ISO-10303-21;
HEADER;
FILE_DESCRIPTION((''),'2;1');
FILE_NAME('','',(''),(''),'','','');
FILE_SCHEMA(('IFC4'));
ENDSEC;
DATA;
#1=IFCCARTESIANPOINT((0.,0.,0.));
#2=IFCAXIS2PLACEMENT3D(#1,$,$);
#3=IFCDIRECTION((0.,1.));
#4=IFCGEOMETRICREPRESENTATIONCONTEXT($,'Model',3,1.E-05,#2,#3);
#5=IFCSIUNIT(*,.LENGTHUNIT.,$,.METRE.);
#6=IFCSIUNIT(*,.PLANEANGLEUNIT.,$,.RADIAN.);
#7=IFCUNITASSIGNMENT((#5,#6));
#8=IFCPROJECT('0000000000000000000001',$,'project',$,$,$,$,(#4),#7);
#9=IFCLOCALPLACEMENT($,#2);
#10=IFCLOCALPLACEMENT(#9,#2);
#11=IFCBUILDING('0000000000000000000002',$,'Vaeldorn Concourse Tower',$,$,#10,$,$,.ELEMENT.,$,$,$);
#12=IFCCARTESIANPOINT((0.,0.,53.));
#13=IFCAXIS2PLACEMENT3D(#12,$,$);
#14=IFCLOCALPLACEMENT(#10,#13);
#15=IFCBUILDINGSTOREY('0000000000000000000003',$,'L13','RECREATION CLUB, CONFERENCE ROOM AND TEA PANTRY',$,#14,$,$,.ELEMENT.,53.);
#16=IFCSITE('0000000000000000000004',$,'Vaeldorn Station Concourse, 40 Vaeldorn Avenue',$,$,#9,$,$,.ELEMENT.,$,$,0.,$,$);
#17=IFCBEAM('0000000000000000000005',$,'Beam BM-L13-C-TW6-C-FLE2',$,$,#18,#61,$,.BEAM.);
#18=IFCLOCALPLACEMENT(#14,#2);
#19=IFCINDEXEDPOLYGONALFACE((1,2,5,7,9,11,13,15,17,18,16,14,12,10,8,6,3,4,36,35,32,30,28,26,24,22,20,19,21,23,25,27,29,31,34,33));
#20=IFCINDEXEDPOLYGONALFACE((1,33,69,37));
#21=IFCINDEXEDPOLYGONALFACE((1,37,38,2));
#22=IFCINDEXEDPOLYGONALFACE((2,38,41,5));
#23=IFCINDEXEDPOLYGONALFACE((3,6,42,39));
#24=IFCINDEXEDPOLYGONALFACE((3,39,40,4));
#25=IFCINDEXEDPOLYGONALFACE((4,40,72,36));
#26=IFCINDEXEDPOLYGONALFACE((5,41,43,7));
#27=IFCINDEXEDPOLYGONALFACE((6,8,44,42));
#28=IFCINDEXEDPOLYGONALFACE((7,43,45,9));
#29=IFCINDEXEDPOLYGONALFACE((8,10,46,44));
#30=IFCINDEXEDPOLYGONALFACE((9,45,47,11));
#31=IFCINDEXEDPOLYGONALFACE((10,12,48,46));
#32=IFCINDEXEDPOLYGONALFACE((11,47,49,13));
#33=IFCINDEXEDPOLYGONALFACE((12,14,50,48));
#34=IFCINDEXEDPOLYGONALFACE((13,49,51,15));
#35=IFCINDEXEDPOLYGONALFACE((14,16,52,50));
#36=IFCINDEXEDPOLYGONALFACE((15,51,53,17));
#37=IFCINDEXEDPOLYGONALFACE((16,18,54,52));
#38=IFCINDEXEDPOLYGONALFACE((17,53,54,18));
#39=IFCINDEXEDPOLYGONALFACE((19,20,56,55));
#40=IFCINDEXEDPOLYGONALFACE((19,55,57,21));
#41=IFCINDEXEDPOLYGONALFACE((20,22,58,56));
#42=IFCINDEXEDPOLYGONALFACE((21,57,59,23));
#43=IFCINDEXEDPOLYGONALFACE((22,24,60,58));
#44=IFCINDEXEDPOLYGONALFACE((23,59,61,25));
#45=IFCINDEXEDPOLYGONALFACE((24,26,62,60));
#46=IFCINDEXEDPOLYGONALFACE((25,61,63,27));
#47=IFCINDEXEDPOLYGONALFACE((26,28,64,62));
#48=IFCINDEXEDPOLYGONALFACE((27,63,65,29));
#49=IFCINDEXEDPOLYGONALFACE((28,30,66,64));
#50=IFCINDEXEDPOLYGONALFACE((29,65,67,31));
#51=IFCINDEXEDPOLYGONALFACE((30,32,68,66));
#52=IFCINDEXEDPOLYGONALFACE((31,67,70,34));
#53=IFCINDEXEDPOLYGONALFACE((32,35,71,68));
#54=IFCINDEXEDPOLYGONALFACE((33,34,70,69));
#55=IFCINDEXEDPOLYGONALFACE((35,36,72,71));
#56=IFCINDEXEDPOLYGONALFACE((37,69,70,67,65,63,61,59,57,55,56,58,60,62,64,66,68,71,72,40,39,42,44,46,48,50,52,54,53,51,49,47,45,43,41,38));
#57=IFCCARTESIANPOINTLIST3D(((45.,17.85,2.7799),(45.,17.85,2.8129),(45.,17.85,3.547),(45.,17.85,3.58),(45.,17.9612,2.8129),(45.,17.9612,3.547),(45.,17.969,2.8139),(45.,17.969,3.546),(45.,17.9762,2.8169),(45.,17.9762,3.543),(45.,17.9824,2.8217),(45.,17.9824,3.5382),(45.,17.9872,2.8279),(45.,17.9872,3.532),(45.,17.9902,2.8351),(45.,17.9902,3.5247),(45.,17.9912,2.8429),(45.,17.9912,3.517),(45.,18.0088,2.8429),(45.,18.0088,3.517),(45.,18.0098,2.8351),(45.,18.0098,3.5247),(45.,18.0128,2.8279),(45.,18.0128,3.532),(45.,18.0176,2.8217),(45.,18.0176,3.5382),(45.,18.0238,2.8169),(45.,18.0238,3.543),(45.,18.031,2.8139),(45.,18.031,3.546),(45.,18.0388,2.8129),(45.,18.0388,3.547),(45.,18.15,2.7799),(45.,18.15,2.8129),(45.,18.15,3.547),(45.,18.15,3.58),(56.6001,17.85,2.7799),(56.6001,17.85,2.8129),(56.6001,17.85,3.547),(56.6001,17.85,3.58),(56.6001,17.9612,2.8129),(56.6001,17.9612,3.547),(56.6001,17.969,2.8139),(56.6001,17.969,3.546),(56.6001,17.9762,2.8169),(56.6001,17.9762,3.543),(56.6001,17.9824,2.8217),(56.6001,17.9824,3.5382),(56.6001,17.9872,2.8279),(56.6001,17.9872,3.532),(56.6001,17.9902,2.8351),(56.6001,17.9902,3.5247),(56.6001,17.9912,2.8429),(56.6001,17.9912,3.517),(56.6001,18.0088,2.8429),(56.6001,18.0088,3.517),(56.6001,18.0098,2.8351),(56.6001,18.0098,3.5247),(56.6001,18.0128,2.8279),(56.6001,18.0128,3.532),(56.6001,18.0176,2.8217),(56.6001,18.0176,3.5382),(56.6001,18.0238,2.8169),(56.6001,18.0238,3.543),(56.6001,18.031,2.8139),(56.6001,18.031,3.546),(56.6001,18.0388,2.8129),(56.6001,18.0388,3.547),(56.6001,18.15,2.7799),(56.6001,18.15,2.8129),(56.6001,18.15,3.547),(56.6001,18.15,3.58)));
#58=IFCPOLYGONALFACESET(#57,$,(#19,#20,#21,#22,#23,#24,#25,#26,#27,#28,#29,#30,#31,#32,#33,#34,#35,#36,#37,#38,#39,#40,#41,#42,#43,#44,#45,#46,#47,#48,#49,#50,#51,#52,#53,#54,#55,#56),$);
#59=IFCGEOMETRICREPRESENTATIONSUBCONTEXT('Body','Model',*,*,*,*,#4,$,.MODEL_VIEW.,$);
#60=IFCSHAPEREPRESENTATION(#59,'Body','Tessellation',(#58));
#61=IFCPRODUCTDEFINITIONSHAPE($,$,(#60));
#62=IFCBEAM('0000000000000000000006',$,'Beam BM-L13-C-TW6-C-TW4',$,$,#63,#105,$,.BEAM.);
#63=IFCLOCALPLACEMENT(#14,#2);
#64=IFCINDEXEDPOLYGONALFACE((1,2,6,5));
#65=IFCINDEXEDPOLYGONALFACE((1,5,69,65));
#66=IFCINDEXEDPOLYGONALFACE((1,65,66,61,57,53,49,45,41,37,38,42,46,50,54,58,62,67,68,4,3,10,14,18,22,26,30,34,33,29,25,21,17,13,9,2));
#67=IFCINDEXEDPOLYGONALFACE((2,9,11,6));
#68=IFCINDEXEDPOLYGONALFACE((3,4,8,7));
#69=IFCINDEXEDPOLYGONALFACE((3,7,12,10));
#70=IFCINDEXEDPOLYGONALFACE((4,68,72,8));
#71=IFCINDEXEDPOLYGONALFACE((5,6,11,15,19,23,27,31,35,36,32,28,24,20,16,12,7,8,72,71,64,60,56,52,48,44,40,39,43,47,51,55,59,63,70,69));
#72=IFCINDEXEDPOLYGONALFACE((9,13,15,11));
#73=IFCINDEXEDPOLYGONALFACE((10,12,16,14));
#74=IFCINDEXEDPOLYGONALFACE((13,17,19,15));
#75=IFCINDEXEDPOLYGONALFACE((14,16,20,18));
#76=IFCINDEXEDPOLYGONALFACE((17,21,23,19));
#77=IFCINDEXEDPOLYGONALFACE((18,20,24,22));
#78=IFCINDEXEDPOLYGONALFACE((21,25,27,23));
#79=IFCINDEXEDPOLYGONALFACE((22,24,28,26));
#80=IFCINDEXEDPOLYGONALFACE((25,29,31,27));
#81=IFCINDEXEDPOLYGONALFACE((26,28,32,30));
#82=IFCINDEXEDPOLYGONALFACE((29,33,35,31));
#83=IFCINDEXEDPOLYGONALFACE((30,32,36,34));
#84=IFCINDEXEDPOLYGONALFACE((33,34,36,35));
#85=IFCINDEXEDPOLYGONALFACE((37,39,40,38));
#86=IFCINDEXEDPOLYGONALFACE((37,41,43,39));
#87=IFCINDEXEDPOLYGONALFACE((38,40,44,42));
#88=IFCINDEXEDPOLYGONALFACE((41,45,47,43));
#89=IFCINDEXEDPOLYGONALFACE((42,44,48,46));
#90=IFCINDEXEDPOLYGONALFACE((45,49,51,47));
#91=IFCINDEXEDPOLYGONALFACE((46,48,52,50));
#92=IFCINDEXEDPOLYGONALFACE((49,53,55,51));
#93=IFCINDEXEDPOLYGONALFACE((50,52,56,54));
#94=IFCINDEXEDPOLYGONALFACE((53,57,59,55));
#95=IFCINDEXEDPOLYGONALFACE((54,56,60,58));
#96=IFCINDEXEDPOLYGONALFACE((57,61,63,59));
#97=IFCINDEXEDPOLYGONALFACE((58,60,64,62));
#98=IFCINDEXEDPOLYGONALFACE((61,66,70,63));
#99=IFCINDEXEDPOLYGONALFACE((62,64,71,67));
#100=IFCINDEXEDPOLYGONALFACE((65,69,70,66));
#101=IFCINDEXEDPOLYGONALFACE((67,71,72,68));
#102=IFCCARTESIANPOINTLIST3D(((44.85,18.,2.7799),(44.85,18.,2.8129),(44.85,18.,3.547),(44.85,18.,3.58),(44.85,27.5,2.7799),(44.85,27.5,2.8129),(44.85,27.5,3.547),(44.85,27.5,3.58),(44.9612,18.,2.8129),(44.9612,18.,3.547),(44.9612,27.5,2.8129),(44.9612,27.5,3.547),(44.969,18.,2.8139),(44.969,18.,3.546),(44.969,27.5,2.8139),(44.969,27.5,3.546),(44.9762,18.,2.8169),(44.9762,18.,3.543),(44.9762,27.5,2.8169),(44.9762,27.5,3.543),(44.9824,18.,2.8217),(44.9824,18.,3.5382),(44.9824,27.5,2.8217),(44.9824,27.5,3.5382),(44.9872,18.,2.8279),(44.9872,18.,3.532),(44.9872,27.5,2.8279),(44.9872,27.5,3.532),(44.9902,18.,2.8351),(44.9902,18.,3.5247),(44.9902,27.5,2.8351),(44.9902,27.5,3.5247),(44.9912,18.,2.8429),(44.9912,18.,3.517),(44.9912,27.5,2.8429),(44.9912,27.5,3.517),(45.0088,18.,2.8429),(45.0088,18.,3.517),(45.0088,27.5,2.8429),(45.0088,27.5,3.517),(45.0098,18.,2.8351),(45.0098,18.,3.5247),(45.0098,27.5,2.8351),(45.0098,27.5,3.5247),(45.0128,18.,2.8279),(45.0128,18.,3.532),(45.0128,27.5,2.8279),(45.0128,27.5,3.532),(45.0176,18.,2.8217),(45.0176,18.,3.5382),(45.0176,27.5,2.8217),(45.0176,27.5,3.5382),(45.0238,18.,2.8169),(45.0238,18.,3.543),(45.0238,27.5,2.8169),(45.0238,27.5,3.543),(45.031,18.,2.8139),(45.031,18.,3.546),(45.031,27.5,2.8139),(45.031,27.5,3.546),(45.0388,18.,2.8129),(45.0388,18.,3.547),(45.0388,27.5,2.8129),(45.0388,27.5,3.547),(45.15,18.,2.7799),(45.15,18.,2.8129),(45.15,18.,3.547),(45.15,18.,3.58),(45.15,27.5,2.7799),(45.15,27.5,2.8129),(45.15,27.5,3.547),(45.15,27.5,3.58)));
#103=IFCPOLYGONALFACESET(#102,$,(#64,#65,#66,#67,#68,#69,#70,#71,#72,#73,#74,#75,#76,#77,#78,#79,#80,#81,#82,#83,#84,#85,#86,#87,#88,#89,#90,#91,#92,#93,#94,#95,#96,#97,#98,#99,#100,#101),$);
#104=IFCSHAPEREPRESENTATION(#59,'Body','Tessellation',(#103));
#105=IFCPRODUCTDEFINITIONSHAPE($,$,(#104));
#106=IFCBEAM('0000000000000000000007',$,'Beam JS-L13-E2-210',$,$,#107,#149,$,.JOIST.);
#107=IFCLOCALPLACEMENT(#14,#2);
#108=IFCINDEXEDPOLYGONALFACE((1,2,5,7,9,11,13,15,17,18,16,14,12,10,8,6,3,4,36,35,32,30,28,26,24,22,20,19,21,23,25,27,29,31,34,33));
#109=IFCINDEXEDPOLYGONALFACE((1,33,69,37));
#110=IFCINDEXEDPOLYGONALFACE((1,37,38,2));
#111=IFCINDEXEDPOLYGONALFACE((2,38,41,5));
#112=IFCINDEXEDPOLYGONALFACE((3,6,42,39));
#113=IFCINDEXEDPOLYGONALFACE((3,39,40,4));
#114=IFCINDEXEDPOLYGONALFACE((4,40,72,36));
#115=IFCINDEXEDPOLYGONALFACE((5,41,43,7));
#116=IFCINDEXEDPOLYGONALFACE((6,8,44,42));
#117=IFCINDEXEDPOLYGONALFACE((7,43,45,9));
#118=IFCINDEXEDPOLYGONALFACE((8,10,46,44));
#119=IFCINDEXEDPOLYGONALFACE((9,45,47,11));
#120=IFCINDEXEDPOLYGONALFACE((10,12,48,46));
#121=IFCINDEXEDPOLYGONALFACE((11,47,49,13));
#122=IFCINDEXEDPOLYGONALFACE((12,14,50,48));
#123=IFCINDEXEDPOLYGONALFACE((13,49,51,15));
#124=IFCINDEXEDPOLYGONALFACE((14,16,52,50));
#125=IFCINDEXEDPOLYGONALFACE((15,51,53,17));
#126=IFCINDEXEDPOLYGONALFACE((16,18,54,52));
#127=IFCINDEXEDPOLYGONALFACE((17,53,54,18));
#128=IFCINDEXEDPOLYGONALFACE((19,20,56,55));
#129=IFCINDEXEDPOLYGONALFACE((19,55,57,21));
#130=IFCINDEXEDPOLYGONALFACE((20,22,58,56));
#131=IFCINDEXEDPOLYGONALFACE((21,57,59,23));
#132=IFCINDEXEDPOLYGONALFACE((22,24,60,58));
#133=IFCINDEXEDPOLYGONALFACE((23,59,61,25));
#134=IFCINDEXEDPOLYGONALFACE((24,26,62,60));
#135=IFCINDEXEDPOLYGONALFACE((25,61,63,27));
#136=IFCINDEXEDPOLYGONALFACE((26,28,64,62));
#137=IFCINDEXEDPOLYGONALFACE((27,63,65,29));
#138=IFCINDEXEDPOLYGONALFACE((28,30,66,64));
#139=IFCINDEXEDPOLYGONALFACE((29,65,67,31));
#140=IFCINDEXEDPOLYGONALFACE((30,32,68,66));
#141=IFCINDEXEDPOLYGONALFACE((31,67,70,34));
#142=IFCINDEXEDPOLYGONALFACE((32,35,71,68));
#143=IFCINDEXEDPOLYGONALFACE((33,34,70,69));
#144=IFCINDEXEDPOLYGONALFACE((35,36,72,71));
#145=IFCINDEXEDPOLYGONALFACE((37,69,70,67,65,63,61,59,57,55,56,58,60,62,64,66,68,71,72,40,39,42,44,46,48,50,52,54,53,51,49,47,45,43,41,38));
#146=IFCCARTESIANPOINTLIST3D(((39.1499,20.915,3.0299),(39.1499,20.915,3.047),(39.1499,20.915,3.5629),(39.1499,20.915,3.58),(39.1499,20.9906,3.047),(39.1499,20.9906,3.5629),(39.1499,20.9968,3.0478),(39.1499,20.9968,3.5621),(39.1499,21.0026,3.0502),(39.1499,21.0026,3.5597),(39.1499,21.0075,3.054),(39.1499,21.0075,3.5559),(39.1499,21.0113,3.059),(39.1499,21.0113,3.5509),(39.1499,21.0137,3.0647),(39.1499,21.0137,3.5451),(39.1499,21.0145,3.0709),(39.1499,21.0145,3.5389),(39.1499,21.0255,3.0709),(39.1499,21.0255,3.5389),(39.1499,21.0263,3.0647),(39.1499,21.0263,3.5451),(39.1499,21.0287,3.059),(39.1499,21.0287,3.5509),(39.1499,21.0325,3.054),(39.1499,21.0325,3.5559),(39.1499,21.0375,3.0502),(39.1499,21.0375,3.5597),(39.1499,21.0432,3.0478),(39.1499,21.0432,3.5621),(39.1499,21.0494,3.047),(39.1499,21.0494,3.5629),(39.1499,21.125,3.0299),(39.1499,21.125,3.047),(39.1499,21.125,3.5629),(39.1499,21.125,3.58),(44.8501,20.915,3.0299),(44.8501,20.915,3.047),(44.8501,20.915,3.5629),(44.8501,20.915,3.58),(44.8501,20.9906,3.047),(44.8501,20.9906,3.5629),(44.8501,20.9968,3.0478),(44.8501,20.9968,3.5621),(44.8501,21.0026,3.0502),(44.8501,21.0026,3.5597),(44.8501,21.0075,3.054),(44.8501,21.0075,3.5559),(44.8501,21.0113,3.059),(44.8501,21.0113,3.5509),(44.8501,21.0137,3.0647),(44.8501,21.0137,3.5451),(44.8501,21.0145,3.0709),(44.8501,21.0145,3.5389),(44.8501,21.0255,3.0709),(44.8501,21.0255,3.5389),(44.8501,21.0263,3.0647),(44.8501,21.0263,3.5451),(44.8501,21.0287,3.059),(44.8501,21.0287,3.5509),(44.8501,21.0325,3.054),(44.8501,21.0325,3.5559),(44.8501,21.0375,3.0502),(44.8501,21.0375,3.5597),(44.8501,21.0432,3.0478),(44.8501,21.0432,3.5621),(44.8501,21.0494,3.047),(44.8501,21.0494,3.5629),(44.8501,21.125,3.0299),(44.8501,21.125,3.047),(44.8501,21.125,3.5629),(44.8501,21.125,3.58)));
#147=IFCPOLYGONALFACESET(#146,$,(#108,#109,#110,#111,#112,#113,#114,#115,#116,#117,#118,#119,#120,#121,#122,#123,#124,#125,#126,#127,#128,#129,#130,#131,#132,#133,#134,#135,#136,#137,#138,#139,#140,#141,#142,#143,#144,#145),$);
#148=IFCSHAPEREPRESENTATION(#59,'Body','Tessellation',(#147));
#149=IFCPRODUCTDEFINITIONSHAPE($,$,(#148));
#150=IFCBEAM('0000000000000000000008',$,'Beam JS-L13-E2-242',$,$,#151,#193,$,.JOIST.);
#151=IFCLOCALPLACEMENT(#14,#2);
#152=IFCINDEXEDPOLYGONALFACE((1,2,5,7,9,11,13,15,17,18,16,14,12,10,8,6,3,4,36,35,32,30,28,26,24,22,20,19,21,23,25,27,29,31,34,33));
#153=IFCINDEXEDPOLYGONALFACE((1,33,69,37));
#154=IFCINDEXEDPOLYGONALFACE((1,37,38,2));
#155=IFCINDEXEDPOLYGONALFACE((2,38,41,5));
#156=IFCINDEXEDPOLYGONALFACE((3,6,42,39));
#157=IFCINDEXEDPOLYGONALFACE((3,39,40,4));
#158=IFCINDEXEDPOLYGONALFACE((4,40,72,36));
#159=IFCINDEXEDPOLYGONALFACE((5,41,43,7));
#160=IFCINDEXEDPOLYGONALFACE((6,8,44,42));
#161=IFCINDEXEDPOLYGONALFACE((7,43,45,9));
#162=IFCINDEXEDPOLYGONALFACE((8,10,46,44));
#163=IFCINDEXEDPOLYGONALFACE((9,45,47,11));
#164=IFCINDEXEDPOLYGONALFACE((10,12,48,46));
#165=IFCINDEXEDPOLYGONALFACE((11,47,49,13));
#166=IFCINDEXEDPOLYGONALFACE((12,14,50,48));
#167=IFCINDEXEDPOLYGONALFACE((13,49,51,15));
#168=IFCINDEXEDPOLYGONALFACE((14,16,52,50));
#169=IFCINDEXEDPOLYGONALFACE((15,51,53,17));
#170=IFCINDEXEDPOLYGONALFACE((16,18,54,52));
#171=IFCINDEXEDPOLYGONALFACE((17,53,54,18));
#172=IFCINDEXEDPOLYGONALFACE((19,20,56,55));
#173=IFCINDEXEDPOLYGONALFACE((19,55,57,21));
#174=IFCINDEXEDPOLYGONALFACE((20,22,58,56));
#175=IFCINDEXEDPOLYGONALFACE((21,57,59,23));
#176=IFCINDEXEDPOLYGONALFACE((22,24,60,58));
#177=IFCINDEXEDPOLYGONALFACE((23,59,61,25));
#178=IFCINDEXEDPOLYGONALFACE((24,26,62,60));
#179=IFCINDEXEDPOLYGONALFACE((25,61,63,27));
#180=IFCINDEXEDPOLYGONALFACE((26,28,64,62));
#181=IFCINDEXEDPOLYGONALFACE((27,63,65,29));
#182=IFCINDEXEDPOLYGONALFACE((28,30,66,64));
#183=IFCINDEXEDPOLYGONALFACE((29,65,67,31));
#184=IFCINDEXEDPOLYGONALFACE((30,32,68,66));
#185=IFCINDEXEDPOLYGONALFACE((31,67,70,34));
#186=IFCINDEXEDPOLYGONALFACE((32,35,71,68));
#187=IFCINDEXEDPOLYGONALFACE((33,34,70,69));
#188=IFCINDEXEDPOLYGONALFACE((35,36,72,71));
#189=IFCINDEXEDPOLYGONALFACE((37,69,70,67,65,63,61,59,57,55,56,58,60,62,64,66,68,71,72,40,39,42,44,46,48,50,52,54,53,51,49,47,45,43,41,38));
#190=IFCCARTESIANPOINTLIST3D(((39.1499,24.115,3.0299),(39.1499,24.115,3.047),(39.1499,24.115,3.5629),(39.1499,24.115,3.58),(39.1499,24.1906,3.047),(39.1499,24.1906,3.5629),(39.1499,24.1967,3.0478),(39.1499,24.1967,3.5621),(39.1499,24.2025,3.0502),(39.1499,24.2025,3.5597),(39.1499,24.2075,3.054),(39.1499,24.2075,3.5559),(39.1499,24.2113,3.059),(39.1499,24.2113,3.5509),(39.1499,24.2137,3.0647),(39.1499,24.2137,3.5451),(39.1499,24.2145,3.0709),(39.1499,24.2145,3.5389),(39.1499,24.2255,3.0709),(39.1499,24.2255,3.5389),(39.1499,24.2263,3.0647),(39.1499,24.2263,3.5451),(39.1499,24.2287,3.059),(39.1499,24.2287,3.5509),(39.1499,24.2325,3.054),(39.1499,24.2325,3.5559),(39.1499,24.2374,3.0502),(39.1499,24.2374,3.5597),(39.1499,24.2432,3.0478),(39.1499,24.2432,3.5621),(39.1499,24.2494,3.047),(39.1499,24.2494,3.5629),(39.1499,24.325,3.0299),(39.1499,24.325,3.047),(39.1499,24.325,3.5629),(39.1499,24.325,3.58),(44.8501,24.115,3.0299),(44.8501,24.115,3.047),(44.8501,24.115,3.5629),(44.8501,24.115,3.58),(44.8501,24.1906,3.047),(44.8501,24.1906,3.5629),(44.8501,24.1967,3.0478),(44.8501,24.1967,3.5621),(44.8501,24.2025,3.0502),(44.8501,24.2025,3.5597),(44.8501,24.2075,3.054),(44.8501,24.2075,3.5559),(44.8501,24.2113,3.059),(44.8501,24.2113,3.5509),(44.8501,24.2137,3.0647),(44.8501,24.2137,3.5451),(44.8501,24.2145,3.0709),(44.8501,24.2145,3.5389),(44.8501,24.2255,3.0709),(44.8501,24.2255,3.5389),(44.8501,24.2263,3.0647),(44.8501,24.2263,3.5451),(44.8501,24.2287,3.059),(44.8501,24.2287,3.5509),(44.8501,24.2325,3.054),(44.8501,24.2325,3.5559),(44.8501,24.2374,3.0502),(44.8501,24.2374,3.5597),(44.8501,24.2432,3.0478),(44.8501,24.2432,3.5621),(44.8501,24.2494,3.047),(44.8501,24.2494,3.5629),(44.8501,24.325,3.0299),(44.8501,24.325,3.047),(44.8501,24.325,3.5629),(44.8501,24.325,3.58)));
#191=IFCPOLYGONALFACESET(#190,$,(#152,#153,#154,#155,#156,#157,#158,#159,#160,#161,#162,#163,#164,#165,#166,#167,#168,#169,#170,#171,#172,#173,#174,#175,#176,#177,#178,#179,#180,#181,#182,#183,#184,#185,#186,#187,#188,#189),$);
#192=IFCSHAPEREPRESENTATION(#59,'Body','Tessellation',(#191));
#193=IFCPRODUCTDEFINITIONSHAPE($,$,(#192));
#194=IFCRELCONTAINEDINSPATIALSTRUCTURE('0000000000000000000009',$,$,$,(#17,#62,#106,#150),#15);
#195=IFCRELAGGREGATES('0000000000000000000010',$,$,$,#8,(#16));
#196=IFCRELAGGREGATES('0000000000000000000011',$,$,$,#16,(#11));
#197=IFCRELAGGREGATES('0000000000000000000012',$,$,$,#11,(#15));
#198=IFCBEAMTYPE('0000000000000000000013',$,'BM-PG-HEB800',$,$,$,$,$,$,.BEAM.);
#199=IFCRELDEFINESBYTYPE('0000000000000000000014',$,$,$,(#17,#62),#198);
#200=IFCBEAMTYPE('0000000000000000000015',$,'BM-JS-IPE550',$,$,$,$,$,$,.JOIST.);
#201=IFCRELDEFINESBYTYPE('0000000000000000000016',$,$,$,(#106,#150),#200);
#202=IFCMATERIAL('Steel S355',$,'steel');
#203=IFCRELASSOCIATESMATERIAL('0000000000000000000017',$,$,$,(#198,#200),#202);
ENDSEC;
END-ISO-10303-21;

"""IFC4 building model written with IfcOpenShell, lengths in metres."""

from ifc_helpers import new_model, si_unit, direction, frame, origin, origin_2d, place, context, subcontext, project, spatial, i_section, extrude, source, transform, mapped, material, material_profile, profile_set, type_object, element, save


model = new_model("IFC4")

# Units and contexts
model_context = context("Model", 3, precision=1e-05, world=origin(), true_north=direction((0.0, 1.0)))
body_context = subcontext(model_context, "Body", "Model", "MODEL_VIEW")
ifc_project = project(units=[si_unit("LENGTHUNIT", "METRE"), si_unit("PLANEANGLEUNIT", "RADIAN")], contexts=[model_context])

# Site, building, storey
site_placement = place(None, origin())
site = spatial("IfcSite", under=ifc_project, at=site_placement, Name="Vaeldorn Station Concourse, 40 Vaeldorn Avenue", CompositionType="ELEMENT", RefElevation=0.0)
building_placement = place(site_placement, origin())
building = spatial("IfcBuilding", under=site, at=building_placement, Name="Vaeldorn Concourse Tower", CompositionType="ELEMENT")
storey_placement = place(building_placement, frame((0.0, 0.0, 53.0)))
storey = spatial("IfcBuildingStorey", under=building, at=storey_placement, Name="L13", Description="RECREATION CLUB, CONFERENCE ROOM AND TEA PANTRY", CompositionType="ELEMENT", Elevation=53.0)

# Beams
ifc_material_1 = material(Name="Steel S355", Category="steel")
ifc_material_profile_1 = material_profile(ifc_material_1, i_section(OverallWidth=0.3, OverallDepth=0.8, WebThickness=0.0176, FlangeThickness=0.033, FilletRadius=0.03, at=origin_2d()), Name="HEB 800")
ifc_profile_set_1 = profile_set([ifc_material_profile_1], Name="Steel S355")
beam_type_1 = type_object("IfcBeamType", Name="BM-PG-HEB800", PredefinedType="BEAM", material=ifc_profile_set_1)
shared_shape_1 = source(origin(), body_context, "Body", "SweptSolid", [
    extrude(i_section(OverallWidth=0.3, OverallDepth=0.8, WebThickness=0.0176, FlangeThickness=0.033, FilletRadius=0.03, at=origin_2d()), origin(), (0.0, 0.0, 1.0), 11.6001),
])
beam_1_placement = place(storey_placement, frame((45.0, 18.0, 3.1799), z_axis=(1.0, 0.0, 0.0), x_axis=(0.0, 1.0, 0.0)))
element("IfcBeam", 1, at=beam_1_placement, inside=storey, type_object=beam_type_1, Name="Beam BM-L13-C-TW6-C-FLE2", PredefinedType="BEAM", context=body_context, shape_type="MappedRepresentation", body=[
    mapped(shared_shape_1, transform((0.0, 0.0, 0.0), scale=1.0)),
])
shared_shape_2 = source(origin(), body_context, "Body", "SweptSolid", [
    extrude(i_section(OverallWidth=0.3, OverallDepth=0.8, WebThickness=0.0176, FlangeThickness=0.033, FilletRadius=0.03, at=origin_2d()), origin(), (0.0, 0.0, 1.0), 9.5),
])
beam_2_placement = place(storey_placement, frame((45.0, 18.0, 3.1799), z_axis=(0.0, 1.0, 0.0), x_axis=(-1.0, 0.0, 0.0)))
element("IfcBeam", 2, at=beam_2_placement, inside=storey, type_object=beam_type_1, Name="Beam BM-L13-C-TW6-C-TW4", PredefinedType="BEAM", context=body_context, shape_type="MappedRepresentation", body=[
    mapped(shared_shape_2, transform((0.0, 0.0, 0.0), scale=1.0)),
])
ifc_material_profile_2 = material_profile(ifc_material_1, i_section(OverallWidth=0.21, OverallDepth=0.55, WebThickness=0.011, FlangeThickness=0.0171, FilletRadius=0.0239, at=origin_2d()), Name="IPE 550")
ifc_profile_set_2 = profile_set([ifc_material_profile_2], Name="Steel S355")
beam_type_2 = type_object("IfcBeamType", Name="BM-JS-IPE550", PredefinedType="JOIST", material=ifc_profile_set_2)
shared_shape_3 = source(origin(), body_context, "Body", "SweptSolid", [
    extrude(i_section(OverallWidth=0.21, OverallDepth=0.55, WebThickness=0.011, FlangeThickness=0.0171, FilletRadius=0.0239, at=origin_2d()), origin(), (0.0, 0.0, 1.0), 5.7002),
])
for number, where, z_axis, x_axis, name in (
    (3, (39.1499, 21.02, 3.3049), (1.0, 0.0, 0.0), (0.0, 1.0, 0.0), "Beam JS-L13-E2-210"),
    (4, (39.1499, 24.22, 3.3049), (1.0, 0.0, 0.0), (0.0, 1.0, 0.0), "Beam JS-L13-E2-242"),
):
    element("IfcBeam", number, at=place(storey_placement, frame(where, z_axis=z_axis, x_axis=x_axis)), inside=storey, type_object=beam_type_2, Name=name, PredefinedType="JOIST", context=body_context, shape_type="MappedRepresentation", body=[
        mapped(shared_shape_3, transform((0.0, 0.0, 0.0), scale=1.0)),
    ])

save(model, "model.ifc")
